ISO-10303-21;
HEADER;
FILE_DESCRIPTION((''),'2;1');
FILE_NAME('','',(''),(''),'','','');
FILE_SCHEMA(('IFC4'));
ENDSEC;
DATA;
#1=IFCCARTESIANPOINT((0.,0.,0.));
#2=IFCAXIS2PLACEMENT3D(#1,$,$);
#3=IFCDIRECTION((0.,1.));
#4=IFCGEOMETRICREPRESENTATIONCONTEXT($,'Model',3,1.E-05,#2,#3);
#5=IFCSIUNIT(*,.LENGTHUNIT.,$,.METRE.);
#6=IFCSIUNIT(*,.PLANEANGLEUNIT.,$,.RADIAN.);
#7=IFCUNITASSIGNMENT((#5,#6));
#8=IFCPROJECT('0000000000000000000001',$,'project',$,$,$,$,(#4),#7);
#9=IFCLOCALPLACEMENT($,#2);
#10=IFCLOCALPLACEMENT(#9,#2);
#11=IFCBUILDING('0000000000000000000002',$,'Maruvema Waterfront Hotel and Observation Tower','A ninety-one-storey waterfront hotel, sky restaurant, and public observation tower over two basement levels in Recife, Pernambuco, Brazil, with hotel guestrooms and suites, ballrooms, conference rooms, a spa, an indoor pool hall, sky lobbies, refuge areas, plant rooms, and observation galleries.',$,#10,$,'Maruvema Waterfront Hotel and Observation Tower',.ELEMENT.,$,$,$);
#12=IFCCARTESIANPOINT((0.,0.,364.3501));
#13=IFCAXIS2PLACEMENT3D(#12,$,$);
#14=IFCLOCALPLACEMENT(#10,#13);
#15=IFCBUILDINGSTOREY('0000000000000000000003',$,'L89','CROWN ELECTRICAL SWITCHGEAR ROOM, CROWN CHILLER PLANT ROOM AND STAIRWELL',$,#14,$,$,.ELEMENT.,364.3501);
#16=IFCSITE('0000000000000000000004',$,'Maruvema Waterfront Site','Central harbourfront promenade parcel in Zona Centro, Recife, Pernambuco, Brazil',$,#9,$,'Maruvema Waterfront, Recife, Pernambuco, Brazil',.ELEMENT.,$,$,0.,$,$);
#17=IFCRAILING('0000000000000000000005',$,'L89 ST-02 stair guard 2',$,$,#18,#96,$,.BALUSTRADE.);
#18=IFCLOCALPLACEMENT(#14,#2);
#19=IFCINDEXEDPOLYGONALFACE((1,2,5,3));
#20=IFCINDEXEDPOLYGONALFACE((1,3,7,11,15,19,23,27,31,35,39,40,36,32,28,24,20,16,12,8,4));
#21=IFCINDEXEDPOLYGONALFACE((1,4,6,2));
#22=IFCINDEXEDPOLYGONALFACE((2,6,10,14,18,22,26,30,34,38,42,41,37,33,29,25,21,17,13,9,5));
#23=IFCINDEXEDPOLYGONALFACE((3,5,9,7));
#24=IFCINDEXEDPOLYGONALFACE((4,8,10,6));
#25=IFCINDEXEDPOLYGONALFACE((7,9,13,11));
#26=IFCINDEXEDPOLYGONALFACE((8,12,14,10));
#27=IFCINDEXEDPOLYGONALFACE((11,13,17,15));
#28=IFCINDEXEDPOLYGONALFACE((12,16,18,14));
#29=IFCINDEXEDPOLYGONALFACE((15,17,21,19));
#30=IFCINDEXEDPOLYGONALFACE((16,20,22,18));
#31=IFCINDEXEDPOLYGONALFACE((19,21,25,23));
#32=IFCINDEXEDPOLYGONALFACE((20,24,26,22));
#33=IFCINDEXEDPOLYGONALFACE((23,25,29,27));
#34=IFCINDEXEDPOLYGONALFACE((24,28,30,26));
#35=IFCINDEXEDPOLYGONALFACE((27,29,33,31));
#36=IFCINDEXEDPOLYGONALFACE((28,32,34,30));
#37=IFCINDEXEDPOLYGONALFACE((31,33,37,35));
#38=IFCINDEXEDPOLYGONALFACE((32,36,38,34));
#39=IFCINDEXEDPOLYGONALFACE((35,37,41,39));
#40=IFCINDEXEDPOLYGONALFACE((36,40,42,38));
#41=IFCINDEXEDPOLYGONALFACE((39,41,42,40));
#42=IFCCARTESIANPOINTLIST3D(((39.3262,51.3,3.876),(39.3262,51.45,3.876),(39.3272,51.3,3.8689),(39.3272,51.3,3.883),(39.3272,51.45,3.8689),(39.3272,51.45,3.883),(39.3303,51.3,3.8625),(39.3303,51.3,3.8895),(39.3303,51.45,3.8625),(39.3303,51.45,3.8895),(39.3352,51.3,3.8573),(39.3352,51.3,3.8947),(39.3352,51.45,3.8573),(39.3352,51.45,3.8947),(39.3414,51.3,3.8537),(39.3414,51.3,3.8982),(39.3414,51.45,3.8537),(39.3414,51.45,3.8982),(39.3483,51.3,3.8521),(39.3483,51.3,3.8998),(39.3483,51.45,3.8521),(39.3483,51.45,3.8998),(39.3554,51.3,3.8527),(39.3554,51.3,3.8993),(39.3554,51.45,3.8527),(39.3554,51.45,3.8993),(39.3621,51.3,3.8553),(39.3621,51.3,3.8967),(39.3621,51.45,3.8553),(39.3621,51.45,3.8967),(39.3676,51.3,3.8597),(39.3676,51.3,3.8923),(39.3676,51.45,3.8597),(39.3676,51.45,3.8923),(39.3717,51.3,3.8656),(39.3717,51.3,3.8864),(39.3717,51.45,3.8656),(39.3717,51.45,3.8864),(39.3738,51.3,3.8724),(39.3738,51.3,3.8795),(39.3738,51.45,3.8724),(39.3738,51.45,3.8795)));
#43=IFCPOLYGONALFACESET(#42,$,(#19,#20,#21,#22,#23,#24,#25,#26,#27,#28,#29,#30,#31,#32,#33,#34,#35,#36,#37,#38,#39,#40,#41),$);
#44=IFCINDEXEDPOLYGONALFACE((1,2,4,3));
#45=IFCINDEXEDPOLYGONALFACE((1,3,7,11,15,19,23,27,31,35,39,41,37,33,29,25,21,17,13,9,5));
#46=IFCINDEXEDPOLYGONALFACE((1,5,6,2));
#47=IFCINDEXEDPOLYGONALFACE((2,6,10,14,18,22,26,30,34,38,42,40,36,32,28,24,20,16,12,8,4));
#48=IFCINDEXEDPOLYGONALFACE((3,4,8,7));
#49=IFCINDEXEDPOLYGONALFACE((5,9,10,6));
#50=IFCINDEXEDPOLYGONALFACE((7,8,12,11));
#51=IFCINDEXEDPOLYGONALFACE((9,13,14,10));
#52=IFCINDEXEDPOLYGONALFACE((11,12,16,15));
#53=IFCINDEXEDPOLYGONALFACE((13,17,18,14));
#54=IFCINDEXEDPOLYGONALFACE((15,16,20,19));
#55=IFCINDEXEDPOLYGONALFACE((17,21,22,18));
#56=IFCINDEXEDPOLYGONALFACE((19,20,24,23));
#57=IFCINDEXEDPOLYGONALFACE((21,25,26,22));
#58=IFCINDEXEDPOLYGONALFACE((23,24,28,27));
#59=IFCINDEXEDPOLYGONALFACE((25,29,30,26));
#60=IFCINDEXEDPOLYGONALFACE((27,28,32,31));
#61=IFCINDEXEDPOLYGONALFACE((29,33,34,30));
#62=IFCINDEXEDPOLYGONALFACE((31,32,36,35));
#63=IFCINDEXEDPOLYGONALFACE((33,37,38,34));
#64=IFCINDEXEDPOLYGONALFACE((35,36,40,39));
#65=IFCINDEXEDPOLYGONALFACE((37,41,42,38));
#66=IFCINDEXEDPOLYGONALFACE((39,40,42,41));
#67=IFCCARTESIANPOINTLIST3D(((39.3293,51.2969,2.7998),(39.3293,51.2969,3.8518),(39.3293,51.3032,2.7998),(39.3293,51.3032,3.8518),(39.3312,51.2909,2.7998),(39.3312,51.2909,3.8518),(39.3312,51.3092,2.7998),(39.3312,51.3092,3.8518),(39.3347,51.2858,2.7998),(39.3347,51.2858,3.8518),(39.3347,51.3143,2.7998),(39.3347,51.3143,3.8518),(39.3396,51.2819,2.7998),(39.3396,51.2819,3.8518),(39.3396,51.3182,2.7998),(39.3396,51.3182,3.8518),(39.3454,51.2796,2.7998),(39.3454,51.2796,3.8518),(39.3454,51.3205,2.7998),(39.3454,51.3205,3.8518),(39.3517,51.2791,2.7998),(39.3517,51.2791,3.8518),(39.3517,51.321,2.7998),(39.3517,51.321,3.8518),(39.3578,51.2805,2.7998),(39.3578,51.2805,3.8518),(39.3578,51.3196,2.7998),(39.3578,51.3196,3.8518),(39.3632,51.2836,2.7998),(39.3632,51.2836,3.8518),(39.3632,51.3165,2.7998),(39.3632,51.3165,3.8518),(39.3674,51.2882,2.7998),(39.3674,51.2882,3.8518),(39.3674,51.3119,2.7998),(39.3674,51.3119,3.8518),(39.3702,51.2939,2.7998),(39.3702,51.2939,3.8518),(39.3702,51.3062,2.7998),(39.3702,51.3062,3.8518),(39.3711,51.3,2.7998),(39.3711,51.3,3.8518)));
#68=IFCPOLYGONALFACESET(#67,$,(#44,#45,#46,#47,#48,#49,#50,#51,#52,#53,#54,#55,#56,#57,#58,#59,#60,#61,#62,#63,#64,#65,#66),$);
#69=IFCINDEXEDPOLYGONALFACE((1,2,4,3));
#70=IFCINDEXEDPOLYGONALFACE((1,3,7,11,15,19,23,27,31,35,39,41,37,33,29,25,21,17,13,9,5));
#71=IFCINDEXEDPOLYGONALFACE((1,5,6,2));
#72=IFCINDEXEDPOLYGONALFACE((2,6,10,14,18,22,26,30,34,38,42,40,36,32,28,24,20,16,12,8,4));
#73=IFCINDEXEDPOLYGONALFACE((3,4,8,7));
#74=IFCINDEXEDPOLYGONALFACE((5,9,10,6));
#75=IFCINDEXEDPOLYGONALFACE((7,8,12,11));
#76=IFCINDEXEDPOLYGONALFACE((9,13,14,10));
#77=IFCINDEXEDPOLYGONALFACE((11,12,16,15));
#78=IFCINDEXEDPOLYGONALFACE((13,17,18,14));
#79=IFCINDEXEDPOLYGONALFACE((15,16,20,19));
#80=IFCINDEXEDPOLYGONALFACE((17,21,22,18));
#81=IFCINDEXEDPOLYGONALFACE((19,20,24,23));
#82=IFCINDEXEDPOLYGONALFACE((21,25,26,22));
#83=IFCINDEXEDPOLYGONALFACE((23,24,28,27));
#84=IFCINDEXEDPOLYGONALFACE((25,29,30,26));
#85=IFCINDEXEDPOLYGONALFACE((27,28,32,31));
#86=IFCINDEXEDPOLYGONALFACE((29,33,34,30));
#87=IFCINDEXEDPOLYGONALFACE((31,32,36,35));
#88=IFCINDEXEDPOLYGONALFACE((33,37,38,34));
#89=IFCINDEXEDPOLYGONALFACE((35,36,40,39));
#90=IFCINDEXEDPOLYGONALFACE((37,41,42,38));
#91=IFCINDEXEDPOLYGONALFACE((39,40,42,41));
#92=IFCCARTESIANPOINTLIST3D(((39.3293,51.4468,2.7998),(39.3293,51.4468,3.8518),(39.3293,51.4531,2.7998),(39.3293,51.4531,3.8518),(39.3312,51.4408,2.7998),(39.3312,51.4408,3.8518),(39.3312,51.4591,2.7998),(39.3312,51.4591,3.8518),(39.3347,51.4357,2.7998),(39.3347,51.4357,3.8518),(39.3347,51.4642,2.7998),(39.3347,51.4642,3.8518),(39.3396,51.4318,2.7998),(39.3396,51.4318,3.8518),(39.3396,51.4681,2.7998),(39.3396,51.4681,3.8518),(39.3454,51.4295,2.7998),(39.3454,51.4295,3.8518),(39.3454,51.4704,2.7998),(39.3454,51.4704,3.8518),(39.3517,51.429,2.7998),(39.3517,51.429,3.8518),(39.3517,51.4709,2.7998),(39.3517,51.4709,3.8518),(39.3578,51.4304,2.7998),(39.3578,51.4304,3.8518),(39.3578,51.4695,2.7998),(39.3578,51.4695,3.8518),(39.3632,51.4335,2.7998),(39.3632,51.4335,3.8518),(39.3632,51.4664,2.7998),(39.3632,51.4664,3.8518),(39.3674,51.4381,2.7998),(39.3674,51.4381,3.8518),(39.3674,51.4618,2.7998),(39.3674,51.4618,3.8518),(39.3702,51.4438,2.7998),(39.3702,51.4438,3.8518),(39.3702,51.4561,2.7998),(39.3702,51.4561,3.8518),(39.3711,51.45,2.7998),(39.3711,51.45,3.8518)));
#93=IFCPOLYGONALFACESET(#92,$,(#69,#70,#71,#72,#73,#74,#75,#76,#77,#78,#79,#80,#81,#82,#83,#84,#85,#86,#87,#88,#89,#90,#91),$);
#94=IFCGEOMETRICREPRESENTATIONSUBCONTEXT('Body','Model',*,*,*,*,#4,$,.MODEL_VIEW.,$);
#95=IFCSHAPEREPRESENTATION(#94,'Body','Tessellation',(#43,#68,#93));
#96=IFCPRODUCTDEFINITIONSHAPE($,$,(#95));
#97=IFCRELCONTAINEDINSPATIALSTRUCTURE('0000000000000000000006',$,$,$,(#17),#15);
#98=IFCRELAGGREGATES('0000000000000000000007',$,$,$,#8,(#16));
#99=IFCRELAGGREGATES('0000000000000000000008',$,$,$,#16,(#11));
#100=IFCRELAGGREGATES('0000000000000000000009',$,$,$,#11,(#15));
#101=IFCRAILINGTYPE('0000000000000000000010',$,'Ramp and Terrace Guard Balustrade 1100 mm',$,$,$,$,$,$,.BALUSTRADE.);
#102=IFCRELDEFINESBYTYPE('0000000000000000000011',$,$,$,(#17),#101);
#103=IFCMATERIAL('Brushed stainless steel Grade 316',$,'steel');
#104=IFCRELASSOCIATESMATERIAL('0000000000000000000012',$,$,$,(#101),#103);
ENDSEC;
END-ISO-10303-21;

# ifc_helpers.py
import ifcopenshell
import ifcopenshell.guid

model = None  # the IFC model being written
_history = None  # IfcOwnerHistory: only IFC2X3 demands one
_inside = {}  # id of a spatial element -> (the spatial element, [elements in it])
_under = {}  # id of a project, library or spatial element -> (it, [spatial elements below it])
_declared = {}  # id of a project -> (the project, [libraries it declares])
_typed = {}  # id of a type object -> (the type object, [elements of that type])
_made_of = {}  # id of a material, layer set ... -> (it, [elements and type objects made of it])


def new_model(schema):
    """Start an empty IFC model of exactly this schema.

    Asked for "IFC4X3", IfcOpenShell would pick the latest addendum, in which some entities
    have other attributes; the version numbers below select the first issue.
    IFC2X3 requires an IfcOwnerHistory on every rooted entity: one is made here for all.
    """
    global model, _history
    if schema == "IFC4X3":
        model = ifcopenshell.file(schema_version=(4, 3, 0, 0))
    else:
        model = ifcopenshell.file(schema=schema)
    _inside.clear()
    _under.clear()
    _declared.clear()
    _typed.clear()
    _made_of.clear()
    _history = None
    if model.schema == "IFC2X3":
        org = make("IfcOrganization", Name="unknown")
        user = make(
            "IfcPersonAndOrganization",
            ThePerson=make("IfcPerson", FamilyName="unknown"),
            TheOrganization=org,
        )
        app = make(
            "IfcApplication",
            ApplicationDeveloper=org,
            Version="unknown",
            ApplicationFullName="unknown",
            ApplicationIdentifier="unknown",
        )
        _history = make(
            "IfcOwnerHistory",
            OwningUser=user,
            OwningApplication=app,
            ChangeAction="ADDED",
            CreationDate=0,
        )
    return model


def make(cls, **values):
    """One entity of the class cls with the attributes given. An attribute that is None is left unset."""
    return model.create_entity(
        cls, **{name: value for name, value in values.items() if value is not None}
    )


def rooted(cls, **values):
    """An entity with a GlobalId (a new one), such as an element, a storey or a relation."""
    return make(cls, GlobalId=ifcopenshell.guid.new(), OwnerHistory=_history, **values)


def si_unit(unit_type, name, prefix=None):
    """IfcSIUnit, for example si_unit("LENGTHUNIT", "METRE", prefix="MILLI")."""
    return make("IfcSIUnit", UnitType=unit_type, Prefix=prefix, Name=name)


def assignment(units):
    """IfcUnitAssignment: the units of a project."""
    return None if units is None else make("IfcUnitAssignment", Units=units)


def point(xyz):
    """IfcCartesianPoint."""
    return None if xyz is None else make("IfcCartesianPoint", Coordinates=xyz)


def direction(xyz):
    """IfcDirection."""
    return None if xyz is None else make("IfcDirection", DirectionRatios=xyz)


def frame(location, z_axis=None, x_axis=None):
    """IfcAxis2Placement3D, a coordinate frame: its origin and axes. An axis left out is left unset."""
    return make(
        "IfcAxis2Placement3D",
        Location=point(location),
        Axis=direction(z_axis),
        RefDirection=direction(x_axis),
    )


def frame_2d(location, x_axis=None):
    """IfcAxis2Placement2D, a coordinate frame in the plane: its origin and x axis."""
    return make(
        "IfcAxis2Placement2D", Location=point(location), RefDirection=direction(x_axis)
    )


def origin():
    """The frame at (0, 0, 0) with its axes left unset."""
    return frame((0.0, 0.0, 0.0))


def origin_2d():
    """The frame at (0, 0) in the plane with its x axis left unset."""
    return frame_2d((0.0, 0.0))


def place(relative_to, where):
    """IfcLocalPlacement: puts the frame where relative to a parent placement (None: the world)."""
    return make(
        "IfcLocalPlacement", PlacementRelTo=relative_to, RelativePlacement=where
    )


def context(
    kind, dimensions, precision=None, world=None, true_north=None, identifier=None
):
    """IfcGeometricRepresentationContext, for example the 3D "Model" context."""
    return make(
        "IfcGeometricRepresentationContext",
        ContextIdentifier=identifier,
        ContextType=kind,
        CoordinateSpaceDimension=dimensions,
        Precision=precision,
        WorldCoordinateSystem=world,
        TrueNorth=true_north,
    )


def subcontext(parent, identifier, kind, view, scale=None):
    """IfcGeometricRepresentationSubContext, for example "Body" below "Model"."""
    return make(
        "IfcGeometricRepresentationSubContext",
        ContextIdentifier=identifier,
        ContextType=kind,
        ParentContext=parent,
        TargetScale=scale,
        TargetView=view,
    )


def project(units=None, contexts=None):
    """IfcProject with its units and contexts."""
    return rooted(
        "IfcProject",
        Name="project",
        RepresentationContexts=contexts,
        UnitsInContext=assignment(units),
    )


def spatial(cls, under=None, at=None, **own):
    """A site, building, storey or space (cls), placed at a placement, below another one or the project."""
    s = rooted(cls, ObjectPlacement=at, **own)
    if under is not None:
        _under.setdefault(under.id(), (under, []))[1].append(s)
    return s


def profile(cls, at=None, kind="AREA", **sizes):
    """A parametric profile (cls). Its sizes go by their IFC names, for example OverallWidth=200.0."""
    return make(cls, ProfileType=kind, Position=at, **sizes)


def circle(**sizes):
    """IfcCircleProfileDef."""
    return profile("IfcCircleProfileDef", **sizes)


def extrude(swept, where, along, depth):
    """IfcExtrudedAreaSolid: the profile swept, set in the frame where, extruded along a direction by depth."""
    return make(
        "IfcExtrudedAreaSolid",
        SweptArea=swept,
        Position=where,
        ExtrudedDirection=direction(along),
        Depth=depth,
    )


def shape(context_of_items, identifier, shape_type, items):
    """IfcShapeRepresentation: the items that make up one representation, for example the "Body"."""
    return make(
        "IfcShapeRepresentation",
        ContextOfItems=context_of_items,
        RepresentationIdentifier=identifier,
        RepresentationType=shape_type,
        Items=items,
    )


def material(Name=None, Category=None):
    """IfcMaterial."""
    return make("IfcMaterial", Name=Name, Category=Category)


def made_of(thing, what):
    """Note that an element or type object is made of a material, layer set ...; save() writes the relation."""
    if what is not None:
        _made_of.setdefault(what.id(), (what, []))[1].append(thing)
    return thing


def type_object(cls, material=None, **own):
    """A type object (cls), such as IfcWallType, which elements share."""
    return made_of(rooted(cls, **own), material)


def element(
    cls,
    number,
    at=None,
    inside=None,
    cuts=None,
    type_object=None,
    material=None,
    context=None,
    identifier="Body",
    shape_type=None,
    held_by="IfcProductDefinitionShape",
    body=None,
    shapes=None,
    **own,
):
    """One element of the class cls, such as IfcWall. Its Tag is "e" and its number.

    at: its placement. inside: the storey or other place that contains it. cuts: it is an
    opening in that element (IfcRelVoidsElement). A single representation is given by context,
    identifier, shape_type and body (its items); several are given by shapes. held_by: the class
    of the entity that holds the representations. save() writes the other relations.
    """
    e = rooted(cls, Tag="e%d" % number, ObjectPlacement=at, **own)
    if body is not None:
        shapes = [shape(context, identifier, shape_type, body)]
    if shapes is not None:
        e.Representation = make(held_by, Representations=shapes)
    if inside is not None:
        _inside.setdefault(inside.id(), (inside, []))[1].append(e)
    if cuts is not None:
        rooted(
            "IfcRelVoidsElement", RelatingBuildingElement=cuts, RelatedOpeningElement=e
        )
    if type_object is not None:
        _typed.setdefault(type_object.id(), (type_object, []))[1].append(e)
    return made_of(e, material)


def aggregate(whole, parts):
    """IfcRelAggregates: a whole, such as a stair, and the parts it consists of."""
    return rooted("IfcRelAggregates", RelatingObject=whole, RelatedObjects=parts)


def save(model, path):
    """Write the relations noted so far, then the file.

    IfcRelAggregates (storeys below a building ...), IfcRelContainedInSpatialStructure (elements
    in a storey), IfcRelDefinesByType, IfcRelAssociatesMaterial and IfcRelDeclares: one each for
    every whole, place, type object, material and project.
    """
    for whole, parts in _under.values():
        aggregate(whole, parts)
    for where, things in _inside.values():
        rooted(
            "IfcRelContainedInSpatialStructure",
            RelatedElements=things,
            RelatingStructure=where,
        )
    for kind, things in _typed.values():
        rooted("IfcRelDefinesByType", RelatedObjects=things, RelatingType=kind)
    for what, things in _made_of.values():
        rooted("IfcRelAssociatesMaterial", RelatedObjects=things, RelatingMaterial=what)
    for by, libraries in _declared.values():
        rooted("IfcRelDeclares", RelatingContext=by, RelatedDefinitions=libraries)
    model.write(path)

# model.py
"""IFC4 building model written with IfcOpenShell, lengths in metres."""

from ifc_helpers import new_model, si_unit, direction, frame, origin, origin_2d, place, context, subcontext, project, spatial, circle, extrude, material, type_object, element, save


model = new_model("IFC4")

# Units and contexts
model_context = context("Model", 3, precision=1e-05, world=origin(), true_north=direction((0.0, 1.0)))
body_context = subcontext(model_context, "Body", "Model", "MODEL_VIEW")
ifc_project = project(units=[si_unit("LENGTHUNIT", "METRE"), si_unit("PLANEANGLEUNIT", "RADIAN")], contexts=[model_context])

# Site, building, storey
site_placement = place(None, origin())
site = spatial("IfcSite", under=ifc_project, at=site_placement, Name="Maruvema Waterfront Site", Description="Central harbourfront promenade parcel in Zona Centro, Recife, Pernambuco, Brazil", LongName="Maruvema Waterfront, Recife, Pernambuco, Brazil", CompositionType="ELEMENT", RefElevation=0.0)
building_placement = place(site_placement, origin())
building = spatial("IfcBuilding", under=site, at=building_placement, Name="Maruvema Waterfront Hotel and Observation Tower", Description="A ninety-one-storey waterfront hotel, sky restaurant, and public observation tower over two basement levels in Recife, Pernambuco, Brazil, with hotel guestrooms and suites, ballrooms, conference rooms, a spa, an indoor pool hall, sky lobbies, refuge areas, plant rooms, and observation galleries.", LongName="Maruvema Waterfront Hotel and Observation Tower", CompositionType="ELEMENT")
storey_placement = place(building_placement, frame((0.0, 0.0, 364.3501)))
storey = spatial("IfcBuildingStorey", under=building, at=storey_placement, Name="L89", Description="CROWN ELECTRICAL SWITCHGEAR ROOM, CROWN CHILLER PLANT ROOM AND STAIRWELL", CompositionType="ELEMENT", Elevation=364.3501)

# Railing
ifc_material_1 = material(Name="Brushed stainless steel Grade 316", Category="steel")
railing_type_1 = type_object("IfcRailingType", Name="Ramp and Terrace Guard Balustrade 1100 mm", PredefinedType="BALUSTRADE", material=ifc_material_1)
railing_1_placement = place(storey_placement, frame((39.3501, 51.3, 2.7998)))
element("IfcRailing", 1, at=railing_1_placement, inside=storey, type_object=railing_type_1, Name="L89 ST-02 stair guard 2", PredefinedType="BALUSTRADE", context=body_context, shape_type="SweptSolid", body=[
    extrude(circle(Radius=0.0239, at=origin_2d()), frame((0.0, 0.0, 1.0762), z_axis=(0.0, 1.0, 0.0), x_axis=(-1.0, 0.0, 0.0)), (0.0, 0.0, 1.0), 0.1499),
    extrude(circle(Radius=0.021, at=origin_2d()), origin(), (0.0, 0.0, 1.0), 1.052),
    extrude(circle(Radius=0.021, at=origin_2d()), frame((0.0, 0.1499, 0.0)), (0.0, 0.0, 1.0), 1.052),
])

save(model, "model.ifc")
